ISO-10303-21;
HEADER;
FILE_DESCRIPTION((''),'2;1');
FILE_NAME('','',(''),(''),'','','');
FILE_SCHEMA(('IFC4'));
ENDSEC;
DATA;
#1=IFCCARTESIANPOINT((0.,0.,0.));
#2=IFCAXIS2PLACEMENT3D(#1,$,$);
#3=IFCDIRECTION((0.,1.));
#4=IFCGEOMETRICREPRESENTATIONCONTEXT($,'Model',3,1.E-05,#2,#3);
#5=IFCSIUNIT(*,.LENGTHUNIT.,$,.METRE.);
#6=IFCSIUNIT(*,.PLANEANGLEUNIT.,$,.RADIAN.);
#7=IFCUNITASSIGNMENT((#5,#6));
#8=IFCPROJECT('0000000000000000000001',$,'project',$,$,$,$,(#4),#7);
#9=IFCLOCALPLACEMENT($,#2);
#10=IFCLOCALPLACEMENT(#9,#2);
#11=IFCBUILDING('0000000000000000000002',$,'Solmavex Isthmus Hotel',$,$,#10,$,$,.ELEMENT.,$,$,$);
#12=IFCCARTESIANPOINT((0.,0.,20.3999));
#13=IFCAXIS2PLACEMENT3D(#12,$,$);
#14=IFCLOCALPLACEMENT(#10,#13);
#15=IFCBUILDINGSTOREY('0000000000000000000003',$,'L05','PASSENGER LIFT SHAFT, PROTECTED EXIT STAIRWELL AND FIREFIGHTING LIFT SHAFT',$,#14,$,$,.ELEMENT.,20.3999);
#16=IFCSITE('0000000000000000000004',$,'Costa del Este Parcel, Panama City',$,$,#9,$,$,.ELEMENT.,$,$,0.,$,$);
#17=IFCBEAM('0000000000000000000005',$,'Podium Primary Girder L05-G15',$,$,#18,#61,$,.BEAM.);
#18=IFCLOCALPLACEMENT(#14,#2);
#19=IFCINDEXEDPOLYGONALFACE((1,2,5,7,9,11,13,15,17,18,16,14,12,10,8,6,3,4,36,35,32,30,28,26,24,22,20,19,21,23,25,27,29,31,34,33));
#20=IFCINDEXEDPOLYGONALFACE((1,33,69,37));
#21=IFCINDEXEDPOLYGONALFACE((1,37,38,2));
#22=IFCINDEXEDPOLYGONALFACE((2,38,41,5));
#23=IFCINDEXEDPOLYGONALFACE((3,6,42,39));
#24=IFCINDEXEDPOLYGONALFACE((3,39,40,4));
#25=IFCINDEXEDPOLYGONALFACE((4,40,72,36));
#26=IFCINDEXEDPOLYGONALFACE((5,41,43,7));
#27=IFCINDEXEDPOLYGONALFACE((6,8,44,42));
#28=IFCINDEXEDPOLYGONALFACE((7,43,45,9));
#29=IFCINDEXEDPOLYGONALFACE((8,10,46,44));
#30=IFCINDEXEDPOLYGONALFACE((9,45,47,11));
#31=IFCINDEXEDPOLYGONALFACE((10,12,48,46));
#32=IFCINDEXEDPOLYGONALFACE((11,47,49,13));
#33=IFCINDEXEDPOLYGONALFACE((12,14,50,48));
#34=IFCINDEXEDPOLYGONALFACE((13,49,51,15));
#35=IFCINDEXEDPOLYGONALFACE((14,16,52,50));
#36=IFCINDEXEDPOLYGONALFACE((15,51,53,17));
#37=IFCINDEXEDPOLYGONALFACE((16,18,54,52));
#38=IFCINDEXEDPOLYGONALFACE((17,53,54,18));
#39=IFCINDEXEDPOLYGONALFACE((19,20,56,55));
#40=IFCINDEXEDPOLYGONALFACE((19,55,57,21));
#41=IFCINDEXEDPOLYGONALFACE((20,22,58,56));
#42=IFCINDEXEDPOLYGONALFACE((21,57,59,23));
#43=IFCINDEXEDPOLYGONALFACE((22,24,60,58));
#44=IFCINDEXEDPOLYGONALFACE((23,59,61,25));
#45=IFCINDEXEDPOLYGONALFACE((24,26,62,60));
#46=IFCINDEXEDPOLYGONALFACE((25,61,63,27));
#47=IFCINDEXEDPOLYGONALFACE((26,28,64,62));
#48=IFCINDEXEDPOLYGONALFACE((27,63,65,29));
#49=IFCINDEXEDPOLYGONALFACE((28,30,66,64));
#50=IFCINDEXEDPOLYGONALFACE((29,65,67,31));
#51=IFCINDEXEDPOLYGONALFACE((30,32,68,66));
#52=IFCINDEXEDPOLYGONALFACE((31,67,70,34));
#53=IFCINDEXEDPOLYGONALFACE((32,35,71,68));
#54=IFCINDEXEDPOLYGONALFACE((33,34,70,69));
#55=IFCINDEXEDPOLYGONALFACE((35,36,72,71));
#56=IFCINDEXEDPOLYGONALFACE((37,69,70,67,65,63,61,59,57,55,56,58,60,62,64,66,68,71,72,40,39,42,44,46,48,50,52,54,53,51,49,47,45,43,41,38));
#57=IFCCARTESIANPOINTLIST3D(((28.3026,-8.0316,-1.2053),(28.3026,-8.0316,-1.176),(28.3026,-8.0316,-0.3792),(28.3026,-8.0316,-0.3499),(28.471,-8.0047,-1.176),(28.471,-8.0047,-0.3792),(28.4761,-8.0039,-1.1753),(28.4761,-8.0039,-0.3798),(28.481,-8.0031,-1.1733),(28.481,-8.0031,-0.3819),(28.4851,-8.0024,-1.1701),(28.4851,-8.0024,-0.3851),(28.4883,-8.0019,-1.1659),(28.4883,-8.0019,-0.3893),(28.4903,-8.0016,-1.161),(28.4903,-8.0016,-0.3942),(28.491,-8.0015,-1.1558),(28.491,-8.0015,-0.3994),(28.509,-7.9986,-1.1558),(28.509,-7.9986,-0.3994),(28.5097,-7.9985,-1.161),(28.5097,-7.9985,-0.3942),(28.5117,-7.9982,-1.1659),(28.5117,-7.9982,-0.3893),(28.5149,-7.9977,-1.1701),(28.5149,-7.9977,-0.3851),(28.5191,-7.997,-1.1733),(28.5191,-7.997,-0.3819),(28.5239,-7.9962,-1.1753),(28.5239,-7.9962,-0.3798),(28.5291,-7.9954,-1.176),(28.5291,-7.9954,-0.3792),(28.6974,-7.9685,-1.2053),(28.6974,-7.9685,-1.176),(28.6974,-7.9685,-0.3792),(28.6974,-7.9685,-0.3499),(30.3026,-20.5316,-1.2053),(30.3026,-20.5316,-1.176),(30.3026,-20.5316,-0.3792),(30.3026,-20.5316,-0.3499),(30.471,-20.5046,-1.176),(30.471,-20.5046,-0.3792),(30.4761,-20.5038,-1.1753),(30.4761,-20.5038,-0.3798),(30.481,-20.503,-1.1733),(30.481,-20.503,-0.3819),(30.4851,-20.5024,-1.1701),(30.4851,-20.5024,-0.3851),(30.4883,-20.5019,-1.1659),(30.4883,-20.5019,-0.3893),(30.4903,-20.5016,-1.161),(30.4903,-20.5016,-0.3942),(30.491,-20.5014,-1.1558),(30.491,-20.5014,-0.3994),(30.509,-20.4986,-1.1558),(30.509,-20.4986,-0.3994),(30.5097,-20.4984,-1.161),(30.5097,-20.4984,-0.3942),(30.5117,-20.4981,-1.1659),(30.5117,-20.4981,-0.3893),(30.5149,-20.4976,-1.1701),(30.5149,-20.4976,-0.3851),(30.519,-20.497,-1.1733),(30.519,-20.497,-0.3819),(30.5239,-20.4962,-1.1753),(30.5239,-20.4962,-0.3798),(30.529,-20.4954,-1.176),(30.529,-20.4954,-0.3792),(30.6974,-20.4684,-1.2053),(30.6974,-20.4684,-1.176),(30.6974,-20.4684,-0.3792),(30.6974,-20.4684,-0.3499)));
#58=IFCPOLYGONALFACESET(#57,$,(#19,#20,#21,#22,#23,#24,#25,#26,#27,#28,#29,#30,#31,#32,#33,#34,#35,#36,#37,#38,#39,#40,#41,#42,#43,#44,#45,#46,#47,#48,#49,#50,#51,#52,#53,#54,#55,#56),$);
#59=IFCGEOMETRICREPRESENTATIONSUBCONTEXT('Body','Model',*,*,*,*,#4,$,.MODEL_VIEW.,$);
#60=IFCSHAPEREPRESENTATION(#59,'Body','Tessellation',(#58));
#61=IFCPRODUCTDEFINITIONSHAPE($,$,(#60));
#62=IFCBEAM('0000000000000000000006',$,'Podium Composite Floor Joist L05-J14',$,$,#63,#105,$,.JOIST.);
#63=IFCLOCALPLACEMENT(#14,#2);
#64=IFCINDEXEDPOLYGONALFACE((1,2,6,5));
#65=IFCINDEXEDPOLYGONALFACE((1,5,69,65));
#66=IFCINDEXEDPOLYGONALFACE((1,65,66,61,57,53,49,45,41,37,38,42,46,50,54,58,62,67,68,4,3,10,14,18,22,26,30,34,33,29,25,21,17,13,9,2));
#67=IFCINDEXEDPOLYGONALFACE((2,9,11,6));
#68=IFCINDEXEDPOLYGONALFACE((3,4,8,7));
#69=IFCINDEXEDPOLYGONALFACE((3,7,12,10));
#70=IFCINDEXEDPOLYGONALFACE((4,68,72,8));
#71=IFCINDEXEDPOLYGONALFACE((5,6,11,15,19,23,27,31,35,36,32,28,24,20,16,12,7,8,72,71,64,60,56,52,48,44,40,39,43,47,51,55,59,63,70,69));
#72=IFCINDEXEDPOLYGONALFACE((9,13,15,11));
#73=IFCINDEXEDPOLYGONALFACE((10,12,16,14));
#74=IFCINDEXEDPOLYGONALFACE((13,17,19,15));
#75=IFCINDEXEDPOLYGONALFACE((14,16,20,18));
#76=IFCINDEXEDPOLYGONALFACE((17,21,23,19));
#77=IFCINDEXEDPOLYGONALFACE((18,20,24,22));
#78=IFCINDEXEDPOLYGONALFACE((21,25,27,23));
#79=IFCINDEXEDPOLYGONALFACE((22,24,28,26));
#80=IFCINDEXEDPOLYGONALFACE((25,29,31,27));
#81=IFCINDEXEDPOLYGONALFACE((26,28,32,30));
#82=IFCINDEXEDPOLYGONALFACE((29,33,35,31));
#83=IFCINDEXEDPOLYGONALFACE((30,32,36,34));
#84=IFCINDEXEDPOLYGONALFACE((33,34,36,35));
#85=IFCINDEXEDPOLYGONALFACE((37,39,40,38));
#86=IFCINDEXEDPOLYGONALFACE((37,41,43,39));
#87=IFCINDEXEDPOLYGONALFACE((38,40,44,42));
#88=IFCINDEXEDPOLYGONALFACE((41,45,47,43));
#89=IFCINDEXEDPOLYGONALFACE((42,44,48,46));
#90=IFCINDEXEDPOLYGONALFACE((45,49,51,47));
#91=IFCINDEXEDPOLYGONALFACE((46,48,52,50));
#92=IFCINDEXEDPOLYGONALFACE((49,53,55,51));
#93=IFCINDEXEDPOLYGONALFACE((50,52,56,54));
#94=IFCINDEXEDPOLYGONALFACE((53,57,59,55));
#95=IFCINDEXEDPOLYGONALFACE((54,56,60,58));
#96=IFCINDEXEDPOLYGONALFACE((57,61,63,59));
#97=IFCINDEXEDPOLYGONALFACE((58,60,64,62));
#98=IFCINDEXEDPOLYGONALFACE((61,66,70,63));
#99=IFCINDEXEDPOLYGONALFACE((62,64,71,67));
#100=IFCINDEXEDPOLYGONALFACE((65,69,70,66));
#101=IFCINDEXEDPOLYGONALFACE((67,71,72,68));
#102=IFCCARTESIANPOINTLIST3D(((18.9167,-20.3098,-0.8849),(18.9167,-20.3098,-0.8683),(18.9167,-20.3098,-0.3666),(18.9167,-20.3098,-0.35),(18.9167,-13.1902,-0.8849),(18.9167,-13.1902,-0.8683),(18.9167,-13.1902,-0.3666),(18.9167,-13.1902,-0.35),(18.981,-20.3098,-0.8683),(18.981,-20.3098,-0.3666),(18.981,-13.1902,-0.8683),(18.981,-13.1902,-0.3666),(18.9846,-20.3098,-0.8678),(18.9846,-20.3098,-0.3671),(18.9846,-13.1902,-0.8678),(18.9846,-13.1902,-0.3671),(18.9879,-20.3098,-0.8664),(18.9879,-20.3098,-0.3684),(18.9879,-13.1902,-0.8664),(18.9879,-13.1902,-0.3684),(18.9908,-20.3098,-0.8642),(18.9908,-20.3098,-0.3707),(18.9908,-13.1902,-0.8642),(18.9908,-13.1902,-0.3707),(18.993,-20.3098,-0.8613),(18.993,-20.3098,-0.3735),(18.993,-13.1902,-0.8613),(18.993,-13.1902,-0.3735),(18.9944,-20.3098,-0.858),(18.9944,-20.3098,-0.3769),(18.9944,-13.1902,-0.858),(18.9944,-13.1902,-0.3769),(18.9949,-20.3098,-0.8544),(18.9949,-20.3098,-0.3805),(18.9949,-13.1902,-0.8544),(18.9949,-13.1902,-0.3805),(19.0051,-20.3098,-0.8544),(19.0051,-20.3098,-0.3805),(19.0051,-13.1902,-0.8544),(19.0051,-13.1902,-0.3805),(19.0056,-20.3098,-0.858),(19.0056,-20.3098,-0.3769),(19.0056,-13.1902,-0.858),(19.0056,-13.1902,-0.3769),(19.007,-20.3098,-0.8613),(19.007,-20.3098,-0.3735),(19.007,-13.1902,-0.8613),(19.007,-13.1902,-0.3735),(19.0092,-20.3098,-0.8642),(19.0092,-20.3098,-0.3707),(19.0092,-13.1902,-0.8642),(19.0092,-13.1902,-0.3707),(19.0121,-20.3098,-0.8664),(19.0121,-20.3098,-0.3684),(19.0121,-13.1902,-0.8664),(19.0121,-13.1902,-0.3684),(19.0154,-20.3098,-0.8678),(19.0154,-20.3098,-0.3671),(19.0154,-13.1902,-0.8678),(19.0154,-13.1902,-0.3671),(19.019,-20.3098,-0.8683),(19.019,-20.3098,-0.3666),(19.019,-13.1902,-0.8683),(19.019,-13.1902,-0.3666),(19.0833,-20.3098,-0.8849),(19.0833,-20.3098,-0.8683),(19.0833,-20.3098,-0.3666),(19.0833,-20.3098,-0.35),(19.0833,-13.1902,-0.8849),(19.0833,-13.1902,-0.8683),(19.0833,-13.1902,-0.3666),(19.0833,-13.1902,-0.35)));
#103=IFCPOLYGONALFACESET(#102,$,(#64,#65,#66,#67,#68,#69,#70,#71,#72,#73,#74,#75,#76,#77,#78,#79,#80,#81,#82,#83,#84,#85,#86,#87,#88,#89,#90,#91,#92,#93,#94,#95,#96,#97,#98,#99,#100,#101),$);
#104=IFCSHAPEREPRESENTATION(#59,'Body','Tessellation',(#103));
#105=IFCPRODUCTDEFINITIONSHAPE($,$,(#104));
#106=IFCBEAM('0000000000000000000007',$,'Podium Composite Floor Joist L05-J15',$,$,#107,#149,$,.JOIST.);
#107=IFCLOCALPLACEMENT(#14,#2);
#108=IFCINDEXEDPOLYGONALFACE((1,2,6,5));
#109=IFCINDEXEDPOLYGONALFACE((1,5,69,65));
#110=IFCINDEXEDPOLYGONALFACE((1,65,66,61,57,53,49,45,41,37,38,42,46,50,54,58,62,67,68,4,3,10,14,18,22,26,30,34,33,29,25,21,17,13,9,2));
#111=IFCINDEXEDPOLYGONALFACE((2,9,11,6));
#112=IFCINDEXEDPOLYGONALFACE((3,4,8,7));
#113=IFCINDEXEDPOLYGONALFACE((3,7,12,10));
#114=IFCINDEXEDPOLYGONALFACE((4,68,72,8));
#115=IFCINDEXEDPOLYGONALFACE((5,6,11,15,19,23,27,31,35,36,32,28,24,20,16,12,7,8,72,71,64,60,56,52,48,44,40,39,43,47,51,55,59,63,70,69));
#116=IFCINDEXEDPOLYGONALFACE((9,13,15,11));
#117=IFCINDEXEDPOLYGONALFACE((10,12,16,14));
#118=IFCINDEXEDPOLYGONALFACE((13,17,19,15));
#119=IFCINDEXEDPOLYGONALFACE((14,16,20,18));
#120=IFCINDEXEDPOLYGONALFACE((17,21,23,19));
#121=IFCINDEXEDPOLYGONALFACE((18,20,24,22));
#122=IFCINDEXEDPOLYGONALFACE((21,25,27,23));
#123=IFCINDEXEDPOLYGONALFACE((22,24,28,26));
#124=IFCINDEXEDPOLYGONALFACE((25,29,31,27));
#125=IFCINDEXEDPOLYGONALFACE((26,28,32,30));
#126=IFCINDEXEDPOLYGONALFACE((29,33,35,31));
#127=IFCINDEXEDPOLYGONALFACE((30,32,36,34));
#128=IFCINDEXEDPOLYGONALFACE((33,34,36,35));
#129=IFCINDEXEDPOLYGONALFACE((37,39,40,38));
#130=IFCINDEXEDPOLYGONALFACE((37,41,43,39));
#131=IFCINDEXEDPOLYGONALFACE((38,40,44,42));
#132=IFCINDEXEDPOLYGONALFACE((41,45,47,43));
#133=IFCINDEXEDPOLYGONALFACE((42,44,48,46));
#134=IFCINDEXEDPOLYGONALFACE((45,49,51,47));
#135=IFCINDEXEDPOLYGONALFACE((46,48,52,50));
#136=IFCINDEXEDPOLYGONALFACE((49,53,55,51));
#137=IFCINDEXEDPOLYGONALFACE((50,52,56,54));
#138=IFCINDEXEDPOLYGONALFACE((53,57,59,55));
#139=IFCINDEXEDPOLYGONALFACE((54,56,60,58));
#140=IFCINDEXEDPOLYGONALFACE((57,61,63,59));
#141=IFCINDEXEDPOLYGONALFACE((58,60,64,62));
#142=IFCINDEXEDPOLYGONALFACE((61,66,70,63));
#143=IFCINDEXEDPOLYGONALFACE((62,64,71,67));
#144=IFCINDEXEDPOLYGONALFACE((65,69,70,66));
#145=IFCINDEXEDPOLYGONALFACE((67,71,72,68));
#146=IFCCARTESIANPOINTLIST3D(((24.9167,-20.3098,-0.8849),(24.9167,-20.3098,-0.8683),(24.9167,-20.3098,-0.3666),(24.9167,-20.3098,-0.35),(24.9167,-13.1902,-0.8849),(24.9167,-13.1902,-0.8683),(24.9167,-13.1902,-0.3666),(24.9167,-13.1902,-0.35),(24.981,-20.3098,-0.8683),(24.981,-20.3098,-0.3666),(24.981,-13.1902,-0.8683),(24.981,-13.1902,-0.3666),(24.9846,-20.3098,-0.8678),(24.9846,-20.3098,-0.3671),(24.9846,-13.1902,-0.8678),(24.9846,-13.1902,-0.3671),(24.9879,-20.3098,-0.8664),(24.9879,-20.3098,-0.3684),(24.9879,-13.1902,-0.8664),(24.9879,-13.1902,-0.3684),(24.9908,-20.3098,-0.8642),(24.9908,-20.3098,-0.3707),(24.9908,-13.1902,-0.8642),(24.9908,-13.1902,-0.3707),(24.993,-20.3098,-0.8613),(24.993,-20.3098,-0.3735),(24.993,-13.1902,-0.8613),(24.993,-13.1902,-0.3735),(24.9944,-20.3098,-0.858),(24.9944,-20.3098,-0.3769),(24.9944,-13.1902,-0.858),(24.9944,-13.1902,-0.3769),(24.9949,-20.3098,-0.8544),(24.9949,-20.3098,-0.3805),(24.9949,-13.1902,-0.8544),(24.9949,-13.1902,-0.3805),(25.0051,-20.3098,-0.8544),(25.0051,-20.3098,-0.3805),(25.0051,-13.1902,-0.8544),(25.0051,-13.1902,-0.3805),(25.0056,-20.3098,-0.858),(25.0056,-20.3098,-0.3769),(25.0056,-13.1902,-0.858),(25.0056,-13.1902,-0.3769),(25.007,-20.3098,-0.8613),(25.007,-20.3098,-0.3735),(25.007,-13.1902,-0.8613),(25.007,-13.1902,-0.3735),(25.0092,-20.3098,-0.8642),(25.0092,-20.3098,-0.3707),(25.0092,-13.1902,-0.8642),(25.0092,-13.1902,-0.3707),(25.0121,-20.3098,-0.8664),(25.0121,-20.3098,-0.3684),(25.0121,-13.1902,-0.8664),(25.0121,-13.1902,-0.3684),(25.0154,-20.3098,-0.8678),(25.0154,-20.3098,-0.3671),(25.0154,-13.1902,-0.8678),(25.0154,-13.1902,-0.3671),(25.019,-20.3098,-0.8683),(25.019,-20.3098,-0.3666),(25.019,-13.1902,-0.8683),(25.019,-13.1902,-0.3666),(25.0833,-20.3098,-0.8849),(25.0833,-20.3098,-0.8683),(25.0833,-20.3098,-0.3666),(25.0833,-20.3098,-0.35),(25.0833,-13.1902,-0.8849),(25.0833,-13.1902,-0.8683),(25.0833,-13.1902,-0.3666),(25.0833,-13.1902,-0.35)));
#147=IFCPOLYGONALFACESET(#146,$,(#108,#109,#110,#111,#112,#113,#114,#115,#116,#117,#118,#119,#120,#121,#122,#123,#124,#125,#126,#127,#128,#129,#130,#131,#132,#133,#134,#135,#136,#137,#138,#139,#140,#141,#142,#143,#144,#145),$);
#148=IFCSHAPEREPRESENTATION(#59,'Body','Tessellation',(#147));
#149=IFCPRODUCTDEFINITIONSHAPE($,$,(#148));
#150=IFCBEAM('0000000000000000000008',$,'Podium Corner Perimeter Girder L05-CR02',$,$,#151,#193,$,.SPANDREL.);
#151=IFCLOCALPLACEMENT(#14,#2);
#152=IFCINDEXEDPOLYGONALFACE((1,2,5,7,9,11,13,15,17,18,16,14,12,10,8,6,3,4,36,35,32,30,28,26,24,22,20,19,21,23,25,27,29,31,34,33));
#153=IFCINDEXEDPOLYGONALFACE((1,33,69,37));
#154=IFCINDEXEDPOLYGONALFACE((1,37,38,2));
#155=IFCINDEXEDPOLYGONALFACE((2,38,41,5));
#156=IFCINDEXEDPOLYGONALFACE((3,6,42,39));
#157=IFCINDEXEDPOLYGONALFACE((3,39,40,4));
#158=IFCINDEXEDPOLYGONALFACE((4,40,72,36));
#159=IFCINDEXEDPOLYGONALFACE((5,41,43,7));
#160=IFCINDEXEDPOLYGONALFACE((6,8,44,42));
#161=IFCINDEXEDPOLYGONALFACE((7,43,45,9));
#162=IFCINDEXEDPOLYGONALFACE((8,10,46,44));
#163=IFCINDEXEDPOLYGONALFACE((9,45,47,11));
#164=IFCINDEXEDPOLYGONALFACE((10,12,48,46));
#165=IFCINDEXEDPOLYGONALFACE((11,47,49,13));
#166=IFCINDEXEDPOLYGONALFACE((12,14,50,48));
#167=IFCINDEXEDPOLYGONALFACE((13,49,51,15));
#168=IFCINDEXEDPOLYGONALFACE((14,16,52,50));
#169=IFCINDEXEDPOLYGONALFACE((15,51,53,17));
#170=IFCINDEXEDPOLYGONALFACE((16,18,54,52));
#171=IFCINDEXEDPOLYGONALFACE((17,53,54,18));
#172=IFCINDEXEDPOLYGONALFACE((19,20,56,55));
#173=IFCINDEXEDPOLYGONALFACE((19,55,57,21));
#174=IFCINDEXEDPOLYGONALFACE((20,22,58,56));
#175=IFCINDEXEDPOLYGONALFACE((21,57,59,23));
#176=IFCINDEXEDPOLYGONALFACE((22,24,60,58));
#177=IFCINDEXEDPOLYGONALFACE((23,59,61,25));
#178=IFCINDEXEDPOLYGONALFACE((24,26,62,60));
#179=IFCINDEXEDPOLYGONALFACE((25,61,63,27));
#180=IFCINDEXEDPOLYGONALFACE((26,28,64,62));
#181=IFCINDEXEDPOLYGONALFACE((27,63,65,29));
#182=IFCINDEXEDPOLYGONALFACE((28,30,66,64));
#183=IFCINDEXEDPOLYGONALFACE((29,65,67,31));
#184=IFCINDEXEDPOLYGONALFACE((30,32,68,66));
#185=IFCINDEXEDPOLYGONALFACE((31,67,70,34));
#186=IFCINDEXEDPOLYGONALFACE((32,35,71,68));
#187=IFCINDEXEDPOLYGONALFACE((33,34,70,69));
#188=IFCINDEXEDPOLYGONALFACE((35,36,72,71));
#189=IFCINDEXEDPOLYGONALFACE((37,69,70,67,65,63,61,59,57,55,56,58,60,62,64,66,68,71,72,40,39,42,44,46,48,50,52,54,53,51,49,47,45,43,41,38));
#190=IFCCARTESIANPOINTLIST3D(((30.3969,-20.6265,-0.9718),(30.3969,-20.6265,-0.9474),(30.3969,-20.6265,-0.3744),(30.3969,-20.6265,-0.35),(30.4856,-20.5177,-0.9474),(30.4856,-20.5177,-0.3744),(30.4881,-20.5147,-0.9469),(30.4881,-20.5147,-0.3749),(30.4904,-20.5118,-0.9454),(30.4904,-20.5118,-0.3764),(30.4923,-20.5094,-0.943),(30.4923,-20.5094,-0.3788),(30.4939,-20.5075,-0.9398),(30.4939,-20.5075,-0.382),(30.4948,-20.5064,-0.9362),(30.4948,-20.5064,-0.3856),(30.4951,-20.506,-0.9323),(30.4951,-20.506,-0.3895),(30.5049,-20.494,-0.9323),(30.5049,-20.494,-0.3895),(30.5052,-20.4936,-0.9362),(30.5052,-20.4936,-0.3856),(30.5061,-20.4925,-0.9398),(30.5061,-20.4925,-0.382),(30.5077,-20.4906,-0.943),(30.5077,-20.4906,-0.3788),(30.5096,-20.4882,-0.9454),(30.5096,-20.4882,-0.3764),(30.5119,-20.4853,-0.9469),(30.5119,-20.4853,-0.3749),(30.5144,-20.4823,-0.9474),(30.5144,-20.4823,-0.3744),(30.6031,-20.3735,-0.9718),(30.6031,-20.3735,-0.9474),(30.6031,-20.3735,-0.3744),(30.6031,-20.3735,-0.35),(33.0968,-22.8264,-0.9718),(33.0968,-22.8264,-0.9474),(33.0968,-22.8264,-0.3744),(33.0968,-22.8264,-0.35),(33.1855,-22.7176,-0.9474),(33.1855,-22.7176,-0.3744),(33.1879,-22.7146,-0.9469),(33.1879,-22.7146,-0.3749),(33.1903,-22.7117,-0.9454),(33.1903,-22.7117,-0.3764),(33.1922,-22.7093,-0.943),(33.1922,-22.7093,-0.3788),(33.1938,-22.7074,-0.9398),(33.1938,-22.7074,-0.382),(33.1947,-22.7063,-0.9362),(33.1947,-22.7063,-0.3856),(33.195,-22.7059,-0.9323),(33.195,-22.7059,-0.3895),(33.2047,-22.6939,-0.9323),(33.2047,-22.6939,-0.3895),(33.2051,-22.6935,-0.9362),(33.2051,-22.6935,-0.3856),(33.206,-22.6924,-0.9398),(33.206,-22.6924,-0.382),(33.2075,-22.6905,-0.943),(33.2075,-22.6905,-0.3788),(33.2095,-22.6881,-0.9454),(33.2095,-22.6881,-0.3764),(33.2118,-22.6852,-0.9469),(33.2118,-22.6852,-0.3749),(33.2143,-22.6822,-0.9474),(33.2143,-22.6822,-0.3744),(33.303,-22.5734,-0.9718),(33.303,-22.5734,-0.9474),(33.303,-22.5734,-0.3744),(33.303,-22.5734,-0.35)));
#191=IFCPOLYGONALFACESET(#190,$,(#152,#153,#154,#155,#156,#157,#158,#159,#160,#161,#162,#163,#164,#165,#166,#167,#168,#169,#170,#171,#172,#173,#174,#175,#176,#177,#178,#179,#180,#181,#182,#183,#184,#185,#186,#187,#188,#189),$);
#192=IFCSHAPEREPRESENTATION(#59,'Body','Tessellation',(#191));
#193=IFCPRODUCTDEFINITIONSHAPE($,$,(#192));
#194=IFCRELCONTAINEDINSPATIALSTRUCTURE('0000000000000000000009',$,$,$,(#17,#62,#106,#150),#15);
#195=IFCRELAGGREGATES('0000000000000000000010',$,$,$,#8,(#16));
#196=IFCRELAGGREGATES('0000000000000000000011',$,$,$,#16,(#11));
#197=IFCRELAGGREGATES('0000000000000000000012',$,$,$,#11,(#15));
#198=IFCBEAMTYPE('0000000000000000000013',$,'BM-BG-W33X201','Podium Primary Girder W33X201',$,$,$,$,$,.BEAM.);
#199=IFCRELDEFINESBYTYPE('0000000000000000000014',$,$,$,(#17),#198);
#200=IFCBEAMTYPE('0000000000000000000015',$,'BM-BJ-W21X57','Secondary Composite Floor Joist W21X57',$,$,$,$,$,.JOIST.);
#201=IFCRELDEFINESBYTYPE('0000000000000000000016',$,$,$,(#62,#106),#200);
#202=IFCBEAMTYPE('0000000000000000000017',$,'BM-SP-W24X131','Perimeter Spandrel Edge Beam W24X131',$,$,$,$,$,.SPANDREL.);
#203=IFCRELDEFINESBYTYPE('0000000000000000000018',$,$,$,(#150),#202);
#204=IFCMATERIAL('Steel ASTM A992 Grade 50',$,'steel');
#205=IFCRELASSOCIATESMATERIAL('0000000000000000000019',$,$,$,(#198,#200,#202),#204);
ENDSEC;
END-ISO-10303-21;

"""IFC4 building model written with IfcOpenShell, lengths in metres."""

from ifc_helpers import new_model, si_unit, direction, frame, origin, origin_2d, place, context, subcontext, project, spatial, i_section, extrude, material, material_profile, profile_set, type_object, element, save


model = new_model("IFC4")

# Units and contexts
model_context = context("Model", 3, precision=1e-05, world=origin(), true_north=direction((0.0, 1.0)))
body_context = subcontext(model_context, "Body", "Model", "MODEL_VIEW")
ifc_project = project(units=[si_unit("LENGTHUNIT", "METRE"), si_unit("PLANEANGLEUNIT", "RADIAN")], contexts=[model_context])

# Site, building, storey
site_placement = place(None, origin())
site = spatial("IfcSite", under=ifc_project, at=site_placement, Name="Costa del Este Parcel, Panama City", CompositionType="ELEMENT", RefElevation=0.0)
building_placement = place(site_placement, origin())
building = spatial("IfcBuilding", under=site, at=building_placement, Name="Solmavex Isthmus Hotel", CompositionType="ELEMENT")
storey_placement = place(building_placement, frame((0.0, 0.0, 20.3999)))
storey = spatial("IfcBuildingStorey", under=building, at=storey_placement, Name="L05", Description="PASSENGER LIFT SHAFT, PROTECTED EXIT STAIRWELL AND FIREFIGHTING LIFT SHAFT", CompositionType="ELEMENT", Elevation=20.3999)

# Beams
ifc_material_1 = material(Name="Steel ASTM A992 Grade 50", Category="steel")
ifc_material_profile_1 = material_profile(ifc_material_1, i_section(OverallWidth=0.3999, OverallDepth=0.8555, WebThickness=0.0183, FlangeThickness=0.0293, FilletRadius=0.0203, at=origin_2d()), Name="W33X201")
ifc_profile_set_1 = profile_set([ifc_material_profile_1], Name="Steel ASTM A992 Grade 50")
beam_type_1 = type_object("IfcBeamType", Name="BM-BG-W33X201", Description="Podium Primary Girder W33X201", PredefinedType="BEAM", material=ifc_profile_set_1)
beam_1_placement = place(storey_placement, frame((30.5, -20.5, -0.7776), z_axis=(-0.157991, 0.987441, 0.0), x_axis=(-0.987441, -0.157991, 0.0)))
element("IfcBeam", 1, at=beam_1_placement, inside=storey, type_object=beam_type_1, Name="Podium Primary Girder L05-G15", PredefinedType="BEAM", context=body_context, shape_type="SweptSolid", body=[
    extrude(i_section(OverallWidth=0.3999, OverallDepth=0.8555, WebThickness=0.0183, FlangeThickness=0.0293, FilletRadius=0.0203, at=origin_2d()), origin(), (0.0, 0.0, 1.0), 12.6589),
])
ifc_material_profile_2 = material_profile(ifc_material_1, i_section(OverallWidth=0.1665, OverallDepth=0.5349, WebThickness=0.0103, FlangeThickness=0.0166, FilletRadius=0.0139, at=origin_2d()), Name="W21X57")
ifc_profile_set_2 = profile_set([ifc_material_profile_2], Name="Steel ASTM A992 Grade 50")
beam_type_2 = type_object("IfcBeamType", Name="BM-BJ-W21X57", Description="Secondary Composite Floor Joist W21X57", PredefinedType="JOIST", material=ifc_profile_set_2)
for number, where, z_axis, x_axis, name in (
    (2, (19.0, -20.3098, -0.6174), (0.0, 1.0, 0.0), (-1.0, 0.0, 0.0), "Podium Composite Floor Joist L05-J14"),
    (3, (25.0, -20.3098, -0.6174), (0.0, 1.0, 0.0), (-1.0, 0.0, 0.0), "Podium Composite Floor Joist L05-J15"),
):
    element("IfcBeam", number, at=place(storey_placement, frame(where, z_axis=z_axis, x_axis=x_axis)), inside=storey, type_object=beam_type_2, Name=name, PredefinedType="JOIST", context=body_context, shape_type="SweptSolid", body=[
        extrude(i_section(OverallWidth=0.1665, OverallDepth=0.5349, WebThickness=0.0103, FlangeThickness=0.0166, FilletRadius=0.0139, at=origin_2d()), origin(), (0.0, 0.0, 1.0), 7.1196),
    ])
ifc_material_profile_3 = material_profile(ifc_material_1, i_section(OverallWidth=0.3264, OverallDepth=0.6218, WebThickness=0.0154, FlangeThickness=0.0244, FilletRadius=0.0151, at=origin_2d()), Name="W24X131")
ifc_profile_set_3 = profile_set([ifc_material_profile_3], Name="Steel ASTM A992 Grade 50")
beam_type_3 = type_object("IfcBeamType", Name="BM-SP-W24X131", Description="Perimeter Spandrel Edge Beam W24X131", PredefinedType="SPANDREL", material=ifc_profile_set_3)
beam_2_placement = place(storey_placement, frame((30.5, -20.5, -0.6609), z_axis=(0.775236, -0.631671, 0.0), x_axis=(0.631671, 0.775236, 0.0)))
element("IfcBeam", 4, at=beam_2_placement, inside=storey, type_object=beam_type_3, Name="Podium Corner Perimeter Girder L05-CR02", PredefinedType="SPANDREL", context=body_context, shape_type="SweptSolid", body=[
    extrude(i_section(OverallWidth=0.3264, OverallDepth=0.6218, WebThickness=0.0154, FlangeThickness=0.0244, FilletRadius=0.0151, at=origin_2d()), origin(), (0.0, 0.0, 1.0), 3.4827),
])

save(model, "model.ifc")
